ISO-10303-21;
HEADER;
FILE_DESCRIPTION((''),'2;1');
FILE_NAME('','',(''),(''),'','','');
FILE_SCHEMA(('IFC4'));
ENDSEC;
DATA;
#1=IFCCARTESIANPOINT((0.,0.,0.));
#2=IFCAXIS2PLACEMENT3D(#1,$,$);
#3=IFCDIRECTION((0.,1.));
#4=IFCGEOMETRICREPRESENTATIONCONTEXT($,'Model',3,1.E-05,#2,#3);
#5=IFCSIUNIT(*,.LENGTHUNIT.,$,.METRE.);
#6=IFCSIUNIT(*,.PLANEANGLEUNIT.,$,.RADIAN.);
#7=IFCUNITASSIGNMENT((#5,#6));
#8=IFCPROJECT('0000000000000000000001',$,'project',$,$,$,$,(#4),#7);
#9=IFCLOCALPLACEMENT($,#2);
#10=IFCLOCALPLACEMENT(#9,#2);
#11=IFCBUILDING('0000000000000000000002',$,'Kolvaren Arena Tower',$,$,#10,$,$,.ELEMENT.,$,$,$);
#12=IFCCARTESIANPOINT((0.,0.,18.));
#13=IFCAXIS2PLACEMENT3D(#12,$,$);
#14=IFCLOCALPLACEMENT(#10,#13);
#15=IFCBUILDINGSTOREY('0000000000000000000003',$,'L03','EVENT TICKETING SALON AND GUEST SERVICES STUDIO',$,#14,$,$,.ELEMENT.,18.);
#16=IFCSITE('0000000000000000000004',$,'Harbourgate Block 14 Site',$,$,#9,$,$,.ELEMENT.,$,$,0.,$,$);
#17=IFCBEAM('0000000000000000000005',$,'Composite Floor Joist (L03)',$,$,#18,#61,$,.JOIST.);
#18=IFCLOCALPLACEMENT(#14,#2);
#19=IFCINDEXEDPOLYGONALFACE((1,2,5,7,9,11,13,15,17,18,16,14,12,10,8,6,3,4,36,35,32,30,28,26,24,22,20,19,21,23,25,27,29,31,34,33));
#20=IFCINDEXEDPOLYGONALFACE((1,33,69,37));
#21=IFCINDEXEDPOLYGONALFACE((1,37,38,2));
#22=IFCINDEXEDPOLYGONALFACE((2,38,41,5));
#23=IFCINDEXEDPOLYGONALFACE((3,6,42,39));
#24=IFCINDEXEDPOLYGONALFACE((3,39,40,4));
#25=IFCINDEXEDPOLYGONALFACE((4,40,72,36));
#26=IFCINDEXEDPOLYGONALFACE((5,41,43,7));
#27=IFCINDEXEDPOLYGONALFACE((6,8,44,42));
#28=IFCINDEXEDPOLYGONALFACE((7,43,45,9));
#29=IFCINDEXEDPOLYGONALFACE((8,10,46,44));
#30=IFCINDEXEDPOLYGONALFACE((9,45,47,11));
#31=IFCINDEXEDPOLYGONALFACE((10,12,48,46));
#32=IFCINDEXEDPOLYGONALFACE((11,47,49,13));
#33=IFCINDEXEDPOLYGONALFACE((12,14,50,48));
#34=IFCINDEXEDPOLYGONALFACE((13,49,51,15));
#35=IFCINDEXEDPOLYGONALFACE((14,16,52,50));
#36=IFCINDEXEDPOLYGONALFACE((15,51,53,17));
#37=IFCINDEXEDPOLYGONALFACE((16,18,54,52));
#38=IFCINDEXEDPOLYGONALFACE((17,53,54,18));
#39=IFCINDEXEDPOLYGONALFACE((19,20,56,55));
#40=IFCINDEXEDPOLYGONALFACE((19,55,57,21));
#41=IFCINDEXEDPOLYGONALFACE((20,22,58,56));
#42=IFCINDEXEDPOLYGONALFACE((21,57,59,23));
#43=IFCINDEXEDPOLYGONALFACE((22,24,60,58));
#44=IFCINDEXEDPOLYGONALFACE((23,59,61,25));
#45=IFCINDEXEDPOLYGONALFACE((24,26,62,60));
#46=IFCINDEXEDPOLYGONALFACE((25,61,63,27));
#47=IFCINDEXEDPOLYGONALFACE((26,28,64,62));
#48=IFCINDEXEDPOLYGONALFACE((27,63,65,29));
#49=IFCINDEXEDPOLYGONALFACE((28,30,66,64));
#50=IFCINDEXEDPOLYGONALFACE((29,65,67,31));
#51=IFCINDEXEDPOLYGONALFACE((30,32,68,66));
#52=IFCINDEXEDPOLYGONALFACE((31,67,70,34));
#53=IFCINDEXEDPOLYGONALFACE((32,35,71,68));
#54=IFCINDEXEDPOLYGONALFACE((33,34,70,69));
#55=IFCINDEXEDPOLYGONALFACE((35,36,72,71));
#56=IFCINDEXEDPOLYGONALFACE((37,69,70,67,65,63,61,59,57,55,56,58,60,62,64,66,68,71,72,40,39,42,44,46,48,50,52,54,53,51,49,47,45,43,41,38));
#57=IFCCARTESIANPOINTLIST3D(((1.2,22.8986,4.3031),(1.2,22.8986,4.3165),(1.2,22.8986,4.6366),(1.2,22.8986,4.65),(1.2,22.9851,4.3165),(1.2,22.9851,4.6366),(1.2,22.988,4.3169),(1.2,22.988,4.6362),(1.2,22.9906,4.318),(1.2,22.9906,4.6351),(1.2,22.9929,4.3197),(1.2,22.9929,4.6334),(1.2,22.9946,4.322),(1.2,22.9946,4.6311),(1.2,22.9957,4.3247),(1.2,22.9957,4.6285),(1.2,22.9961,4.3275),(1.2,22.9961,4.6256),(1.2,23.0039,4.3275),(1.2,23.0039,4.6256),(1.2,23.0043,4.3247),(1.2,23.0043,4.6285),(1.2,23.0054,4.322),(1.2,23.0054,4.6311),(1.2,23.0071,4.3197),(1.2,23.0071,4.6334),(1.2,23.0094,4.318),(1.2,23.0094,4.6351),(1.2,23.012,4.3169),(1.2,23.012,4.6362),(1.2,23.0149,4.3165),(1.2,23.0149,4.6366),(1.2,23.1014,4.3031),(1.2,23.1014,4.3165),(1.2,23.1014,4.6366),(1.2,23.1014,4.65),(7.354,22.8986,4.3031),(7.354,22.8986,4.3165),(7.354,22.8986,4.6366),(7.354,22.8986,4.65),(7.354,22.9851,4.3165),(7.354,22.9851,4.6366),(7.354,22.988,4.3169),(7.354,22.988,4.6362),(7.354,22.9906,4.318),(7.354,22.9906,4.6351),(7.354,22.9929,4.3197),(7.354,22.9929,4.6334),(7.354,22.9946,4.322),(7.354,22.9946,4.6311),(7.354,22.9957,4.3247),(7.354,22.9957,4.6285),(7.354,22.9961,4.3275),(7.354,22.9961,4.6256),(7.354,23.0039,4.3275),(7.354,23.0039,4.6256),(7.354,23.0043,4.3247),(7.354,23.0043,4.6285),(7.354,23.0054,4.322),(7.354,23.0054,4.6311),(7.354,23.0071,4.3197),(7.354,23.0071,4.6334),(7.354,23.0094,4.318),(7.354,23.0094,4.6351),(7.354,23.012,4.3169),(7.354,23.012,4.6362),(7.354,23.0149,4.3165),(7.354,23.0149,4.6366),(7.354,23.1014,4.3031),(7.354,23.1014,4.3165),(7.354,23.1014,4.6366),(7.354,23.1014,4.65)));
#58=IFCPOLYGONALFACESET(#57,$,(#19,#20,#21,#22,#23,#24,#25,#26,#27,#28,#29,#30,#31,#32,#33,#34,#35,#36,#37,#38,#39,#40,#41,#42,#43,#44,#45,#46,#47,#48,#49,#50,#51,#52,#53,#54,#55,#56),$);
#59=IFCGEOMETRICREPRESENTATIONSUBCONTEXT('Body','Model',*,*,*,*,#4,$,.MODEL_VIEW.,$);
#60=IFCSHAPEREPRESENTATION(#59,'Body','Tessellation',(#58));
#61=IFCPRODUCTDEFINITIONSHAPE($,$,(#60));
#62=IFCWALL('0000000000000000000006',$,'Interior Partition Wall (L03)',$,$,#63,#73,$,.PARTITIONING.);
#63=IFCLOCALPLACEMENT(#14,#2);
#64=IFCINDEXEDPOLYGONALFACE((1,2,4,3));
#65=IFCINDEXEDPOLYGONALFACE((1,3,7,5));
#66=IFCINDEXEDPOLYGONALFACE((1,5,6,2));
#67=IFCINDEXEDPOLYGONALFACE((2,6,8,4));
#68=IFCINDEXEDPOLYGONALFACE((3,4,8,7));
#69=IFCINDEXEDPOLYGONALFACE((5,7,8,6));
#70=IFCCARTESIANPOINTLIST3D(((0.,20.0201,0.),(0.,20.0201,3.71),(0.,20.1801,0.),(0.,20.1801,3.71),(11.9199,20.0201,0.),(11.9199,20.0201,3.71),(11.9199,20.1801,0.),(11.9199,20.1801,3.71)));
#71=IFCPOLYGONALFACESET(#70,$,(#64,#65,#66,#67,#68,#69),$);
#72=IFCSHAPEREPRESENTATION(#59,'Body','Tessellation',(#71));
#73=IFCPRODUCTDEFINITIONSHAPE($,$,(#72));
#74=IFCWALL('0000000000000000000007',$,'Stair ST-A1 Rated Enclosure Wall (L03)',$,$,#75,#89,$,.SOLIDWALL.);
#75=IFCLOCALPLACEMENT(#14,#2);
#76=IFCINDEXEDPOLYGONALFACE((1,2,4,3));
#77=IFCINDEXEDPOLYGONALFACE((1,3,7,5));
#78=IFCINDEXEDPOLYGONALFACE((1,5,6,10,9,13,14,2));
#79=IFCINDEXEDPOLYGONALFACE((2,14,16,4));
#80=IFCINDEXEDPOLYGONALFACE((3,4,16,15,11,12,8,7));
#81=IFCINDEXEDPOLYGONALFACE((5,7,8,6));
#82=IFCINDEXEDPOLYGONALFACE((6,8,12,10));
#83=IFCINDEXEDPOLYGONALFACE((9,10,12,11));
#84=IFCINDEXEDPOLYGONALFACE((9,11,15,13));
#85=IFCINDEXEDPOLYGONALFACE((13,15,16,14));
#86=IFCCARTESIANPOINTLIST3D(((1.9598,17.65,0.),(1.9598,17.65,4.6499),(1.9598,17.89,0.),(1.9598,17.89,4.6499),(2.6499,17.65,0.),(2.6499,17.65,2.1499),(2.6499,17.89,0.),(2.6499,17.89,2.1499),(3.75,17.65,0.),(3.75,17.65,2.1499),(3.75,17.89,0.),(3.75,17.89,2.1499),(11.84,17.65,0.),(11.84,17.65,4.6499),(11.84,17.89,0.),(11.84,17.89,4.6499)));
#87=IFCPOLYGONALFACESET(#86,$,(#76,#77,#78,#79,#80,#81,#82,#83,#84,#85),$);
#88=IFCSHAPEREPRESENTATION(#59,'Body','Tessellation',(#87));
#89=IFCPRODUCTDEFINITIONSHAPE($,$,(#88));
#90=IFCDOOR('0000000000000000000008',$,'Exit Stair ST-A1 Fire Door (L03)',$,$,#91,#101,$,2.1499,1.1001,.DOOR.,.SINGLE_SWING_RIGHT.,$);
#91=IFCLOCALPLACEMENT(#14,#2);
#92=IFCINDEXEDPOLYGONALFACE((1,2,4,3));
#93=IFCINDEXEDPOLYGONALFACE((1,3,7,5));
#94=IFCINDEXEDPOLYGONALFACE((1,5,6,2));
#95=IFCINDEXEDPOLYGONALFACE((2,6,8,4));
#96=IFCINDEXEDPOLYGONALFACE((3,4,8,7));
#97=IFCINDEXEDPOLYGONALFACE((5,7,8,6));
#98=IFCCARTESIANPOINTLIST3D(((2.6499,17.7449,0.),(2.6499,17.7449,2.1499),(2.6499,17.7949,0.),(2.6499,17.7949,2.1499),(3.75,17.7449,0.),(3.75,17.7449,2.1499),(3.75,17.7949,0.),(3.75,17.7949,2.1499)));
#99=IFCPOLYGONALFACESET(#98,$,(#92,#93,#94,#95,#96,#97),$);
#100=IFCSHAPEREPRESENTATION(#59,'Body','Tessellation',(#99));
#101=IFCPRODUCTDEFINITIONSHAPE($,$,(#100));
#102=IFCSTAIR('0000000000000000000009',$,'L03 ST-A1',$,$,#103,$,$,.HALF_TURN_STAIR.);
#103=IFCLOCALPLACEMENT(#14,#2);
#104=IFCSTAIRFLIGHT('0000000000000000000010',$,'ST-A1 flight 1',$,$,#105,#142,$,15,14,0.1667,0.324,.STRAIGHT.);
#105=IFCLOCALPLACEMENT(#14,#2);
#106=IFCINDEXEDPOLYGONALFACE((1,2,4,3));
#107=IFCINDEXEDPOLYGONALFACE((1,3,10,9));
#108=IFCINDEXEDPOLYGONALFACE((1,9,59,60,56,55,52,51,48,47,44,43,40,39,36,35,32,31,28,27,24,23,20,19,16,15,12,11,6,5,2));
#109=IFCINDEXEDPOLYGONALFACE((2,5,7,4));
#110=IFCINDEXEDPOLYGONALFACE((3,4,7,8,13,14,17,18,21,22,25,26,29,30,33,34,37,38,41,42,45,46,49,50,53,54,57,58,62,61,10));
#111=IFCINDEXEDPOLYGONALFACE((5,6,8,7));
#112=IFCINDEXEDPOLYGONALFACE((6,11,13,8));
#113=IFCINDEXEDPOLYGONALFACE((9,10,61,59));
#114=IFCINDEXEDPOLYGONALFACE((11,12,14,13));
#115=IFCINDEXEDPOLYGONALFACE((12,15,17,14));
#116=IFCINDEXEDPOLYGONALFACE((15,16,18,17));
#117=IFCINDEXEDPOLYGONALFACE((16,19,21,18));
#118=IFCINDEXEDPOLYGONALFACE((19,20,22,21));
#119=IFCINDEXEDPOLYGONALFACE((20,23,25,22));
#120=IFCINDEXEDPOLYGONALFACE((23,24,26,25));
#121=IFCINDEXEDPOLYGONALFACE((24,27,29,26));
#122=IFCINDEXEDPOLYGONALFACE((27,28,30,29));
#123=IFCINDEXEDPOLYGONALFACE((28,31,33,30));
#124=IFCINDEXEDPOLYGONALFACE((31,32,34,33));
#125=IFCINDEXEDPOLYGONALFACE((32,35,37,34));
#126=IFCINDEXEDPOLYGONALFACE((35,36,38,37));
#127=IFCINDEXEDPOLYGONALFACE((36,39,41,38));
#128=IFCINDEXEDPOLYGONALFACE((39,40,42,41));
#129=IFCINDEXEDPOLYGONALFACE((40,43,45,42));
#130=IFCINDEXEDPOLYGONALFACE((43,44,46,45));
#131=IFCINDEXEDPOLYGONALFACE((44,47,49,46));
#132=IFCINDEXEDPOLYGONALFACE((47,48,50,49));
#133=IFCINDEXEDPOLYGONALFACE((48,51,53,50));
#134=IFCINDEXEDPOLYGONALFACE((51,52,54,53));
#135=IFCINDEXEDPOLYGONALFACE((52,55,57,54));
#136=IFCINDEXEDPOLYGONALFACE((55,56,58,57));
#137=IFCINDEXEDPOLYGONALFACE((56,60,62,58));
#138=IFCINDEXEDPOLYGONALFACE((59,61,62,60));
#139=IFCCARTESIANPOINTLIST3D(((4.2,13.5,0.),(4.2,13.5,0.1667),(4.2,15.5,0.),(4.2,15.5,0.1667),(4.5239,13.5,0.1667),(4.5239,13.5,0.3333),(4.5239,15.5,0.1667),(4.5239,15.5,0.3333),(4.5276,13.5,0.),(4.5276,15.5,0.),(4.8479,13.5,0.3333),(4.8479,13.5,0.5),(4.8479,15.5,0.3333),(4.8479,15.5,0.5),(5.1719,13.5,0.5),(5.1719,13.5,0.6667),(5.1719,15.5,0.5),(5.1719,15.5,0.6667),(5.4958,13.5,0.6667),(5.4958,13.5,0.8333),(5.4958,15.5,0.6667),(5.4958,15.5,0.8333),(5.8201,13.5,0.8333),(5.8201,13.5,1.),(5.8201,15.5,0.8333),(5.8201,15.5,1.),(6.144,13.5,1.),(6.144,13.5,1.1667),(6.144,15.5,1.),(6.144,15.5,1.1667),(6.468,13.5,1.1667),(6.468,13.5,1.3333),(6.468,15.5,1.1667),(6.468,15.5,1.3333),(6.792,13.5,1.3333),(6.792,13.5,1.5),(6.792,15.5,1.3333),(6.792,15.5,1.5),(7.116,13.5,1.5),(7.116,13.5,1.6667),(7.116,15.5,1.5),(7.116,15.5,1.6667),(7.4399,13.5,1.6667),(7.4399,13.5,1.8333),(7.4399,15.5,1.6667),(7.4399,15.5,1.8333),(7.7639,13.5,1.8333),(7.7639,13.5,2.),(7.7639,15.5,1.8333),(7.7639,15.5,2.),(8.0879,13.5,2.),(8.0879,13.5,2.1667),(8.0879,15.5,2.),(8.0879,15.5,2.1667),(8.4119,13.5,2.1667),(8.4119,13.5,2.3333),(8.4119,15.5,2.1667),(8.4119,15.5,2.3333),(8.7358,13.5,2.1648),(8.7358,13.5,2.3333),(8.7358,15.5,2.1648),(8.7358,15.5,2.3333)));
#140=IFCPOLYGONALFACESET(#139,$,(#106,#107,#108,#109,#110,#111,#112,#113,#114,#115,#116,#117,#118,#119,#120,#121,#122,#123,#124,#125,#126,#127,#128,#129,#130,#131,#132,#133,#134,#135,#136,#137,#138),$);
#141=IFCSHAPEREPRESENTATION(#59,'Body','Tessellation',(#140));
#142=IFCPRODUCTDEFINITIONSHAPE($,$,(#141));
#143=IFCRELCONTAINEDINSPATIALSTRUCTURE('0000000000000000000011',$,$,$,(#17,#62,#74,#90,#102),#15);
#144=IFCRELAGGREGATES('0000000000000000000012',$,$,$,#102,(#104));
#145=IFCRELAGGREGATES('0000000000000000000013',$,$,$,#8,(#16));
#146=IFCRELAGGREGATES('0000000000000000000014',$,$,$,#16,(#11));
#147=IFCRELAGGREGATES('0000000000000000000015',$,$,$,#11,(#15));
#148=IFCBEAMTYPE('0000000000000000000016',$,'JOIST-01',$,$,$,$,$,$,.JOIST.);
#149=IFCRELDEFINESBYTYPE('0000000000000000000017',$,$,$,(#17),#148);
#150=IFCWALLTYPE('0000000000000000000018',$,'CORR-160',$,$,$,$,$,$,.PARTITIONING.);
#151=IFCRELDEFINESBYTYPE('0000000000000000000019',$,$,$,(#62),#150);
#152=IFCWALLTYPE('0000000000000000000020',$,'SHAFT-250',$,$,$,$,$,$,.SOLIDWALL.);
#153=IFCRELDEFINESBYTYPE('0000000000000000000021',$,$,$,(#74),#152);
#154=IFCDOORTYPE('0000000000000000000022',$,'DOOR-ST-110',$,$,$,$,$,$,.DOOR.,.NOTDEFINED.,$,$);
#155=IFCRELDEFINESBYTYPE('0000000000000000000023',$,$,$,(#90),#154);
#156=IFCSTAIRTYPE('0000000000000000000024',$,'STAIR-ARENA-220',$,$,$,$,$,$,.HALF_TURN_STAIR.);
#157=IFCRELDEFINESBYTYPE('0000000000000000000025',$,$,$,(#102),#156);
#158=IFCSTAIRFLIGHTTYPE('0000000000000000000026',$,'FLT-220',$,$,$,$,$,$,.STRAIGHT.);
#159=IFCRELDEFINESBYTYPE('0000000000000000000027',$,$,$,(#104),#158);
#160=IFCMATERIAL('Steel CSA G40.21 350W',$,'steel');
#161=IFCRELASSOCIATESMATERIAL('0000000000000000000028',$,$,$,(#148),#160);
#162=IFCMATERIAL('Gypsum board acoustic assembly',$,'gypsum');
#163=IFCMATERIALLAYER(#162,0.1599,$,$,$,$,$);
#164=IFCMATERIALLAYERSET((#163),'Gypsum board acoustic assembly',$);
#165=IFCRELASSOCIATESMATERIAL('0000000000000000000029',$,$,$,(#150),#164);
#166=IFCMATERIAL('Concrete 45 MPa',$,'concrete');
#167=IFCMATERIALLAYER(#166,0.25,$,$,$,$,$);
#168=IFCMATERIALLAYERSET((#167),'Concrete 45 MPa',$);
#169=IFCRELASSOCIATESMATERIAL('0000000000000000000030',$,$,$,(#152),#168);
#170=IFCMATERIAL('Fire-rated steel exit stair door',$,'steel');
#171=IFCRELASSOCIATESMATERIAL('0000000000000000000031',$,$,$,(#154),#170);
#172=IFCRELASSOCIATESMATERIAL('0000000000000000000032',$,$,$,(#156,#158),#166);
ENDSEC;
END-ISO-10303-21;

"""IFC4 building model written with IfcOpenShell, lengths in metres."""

from ifc_helpers import new_model, si_unit, direction, frame, frame_2d, origin, origin_2d, place, context, subcontext, project, spatial, polyline, rectangle, i_section, outline, extrude, material, layer, layer_set, material_profile, profile_set, type_object, element, fill, aggregate, save


model = new_model("IFC4")

# Units and contexts
model_context = context("Model", 3, precision=1e-05, world=origin(), true_north=direction((0.0, 1.0)))
body_context = subcontext(model_context, "Body", "Model", "MODEL_VIEW")
ifc_project = project(units=[si_unit("LENGTHUNIT", "METRE"), si_unit("PLANEANGLEUNIT", "RADIAN")], contexts=[model_context])

# Site, building, storey
site_placement = place(None, origin())
site = spatial("IfcSite", under=ifc_project, at=site_placement, Name="Harbourgate Block 14 Site", CompositionType="ELEMENT", RefElevation=0.0)
building_placement = place(site_placement, origin())
building = spatial("IfcBuilding", under=site, at=building_placement, Name="Kolvaren Arena Tower", CompositionType="ELEMENT")
storey_placement = place(building_placement, frame((0.0, 0.0, 18.0)))
storey = spatial("IfcBuildingStorey", under=building, at=storey_placement, Name="L03", Description="EVENT TICKETING SALON AND GUEST SERVICES STUDIO", CompositionType="ELEMENT", Elevation=18.0)

# Beam
ifc_material_1 = material(Name="Steel CSA G40.21 350W", Category="steel")
ifc_material_profile_1 = material_profile(ifc_material_1, i_section(OverallWidth=0.2029, OverallDepth=0.3469, WebThickness=0.0078, FlangeThickness=0.0134, FilletRadius=0.011, at=origin_2d()), Name="W360x64")
ifc_profile_set_1 = profile_set([ifc_material_profile_1], Name="Steel CSA G40.21 350W")
beam_type_1 = type_object("IfcBeamType", Name="JOIST-01", PredefinedType="JOIST", material=ifc_profile_set_1)
beam_1_placement = place(storey_placement, frame((1.2, 23.0, 4.4766), z_axis=(1.0, 0.0, 0.0), x_axis=(0.0, 1.0, 0.0)))
element("IfcBeam", 1, at=beam_1_placement, inside=storey, type_object=beam_type_1, Name="Composite Floor Joist (L03)", PredefinedType="JOIST", context=body_context, shape_type="SweptSolid", body=[
    extrude(i_section(OverallWidth=0.2029, OverallDepth=0.3469, WebThickness=0.0078, FlangeThickness=0.0134, FilletRadius=0.011, at=origin_2d()), origin(), (0.0, 0.0, 1.0), 6.1541),
])

# Shared definitions
ifc_material_2 = material(Name="Gypsum board acoustic assembly", Category="gypsum")
ifc_layer_1 = layer(ifc_material_2, 0.1599)
ifc_layer_set_1 = layer_set([ifc_layer_1], Name="Gypsum board acoustic assembly")
wall_type_1 = type_object("IfcWallType", Name="CORR-160", PredefinedType="PARTITIONING", material=ifc_layer_set_1)

# Wall
wall_1_placement = place(storey_placement, frame((0.0, 20.1001, 0.0), z_axis=(0.0, 0.0, 1.0), x_axis=(1.0, 0.0, 0.0)))
element("IfcWall", 2, at=wall_1_placement, inside=storey, type_object=wall_type_1, Name="Interior Partition Wall (L03)", PredefinedType="PARTITIONING", context=body_context, shape_type="SweptSolid", body=[
    extrude(rectangle(XDim=11.9199, YDim=0.1599, at=frame_2d((5.96, 0.0))), origin(), (0.0, 0.0, 1.0), 3.71),
])

# Wall, opening, door
ifc_material_3 = material(Name="Concrete 45 MPa", Category="concrete")
ifc_layer_2 = layer(ifc_material_3, 0.25)
ifc_layer_set_2 = layer_set([ifc_layer_2], Name="Concrete 45 MPa")
wall_type_2 = type_object("IfcWallType", Name="SHAFT-250", PredefinedType="SOLIDWALL", material=ifc_layer_set_2)
wall_2_placement = place(storey_placement, frame((1.96, 17.77, 0.0), z_axis=(0.0, 0.0, 1.0), x_axis=(1.0, 0.0, 0.0)))
wall_2 = element("IfcWall", 3, at=wall_2_placement, inside=storey, type_object=wall_type_2, Name="Stair ST-A1 Rated Enclosure Wall (L03)", PredefinedType="SOLIDWALL", context=body_context, shape_type="SweptSolid", body=[
    extrude(rectangle(XDim=9.8801, YDim=0.24, at=frame_2d((4.9399, 0.0))), origin(), (0.0, 0.0, 1.0), 4.6499),
])
opening_1_placement = place(wall_2_placement, frame((0.6899, 0.0, 0.0)))
opening_1 = element("IfcOpeningElement", 4, at=opening_1_placement, cuts=wall_2, PredefinedType="OPENING", context=body_context, shape_type="SweptSolid", body=[
    extrude(rectangle(XDim=1.1001, YDim=2.1499, at=frame_2d((0.55, 1.075))), frame((0.0, 0.1299, 0.0), z_axis=(0.0, -1.0, 0.0), x_axis=(1.0, 0.0, 0.0)), (0.0, 0.0, 1.0), 0.26),
])
ifc_material_4 = material(Name="Fire-rated steel exit stair door", Category="steel")
door_type_1 = type_object("IfcDoorType", Name="DOOR-ST-110", OperationType="NOTDEFINED", PredefinedType="DOOR", material=ifc_material_4)
door_1_placement = place(opening_1_placement, origin())
door_1 = element("IfcDoor", 5, at=door_1_placement, inside=storey, type_object=door_type_1, Name="Exit Stair ST-A1 Fire Door (L03)", OperationType="SINGLE_SWING_RIGHT", OverallHeight=2.1499, OverallWidth=1.1001, PredefinedType="DOOR", context=body_context, shape_type="SweptSolid", body=[
    extrude(rectangle(XDim=1.1001, YDim=2.1499, at=frame_2d((0.55, 1.075))), frame((0.0, 0.0249, 0.0), z_axis=(0.0, -1.0, 0.0), x_axis=(1.0, 0.0, 0.0)), (0.0, 0.0, 1.0), 0.05),
])
fill(opening_1, door_1)

# Stair, stair flight
stair_type = type_object("IfcStairType", Name="STAIR-ARENA-220", PredefinedType="HALF_TURN_STAIR", material=ifc_material_3)
stair_placement = place(storey_placement, origin())
stair = element("IfcStair", 6, at=stair_placement, inside=storey, type_object=stair_type, Name="L03 ST-A1", PredefinedType="HALF_TURN_STAIR")
stair_flight_type = type_object("IfcStairFlightType", Name="FLT-220", PredefinedType="STRAIGHT", material=ifc_material_3)
stair_flight_1_placement = place(storey_placement, frame((4.2, 14.5, 0.0), z_axis=(0.0, 0.0, 1.0), x_axis=(1.0, 0.0, 0.0)))
stair_flight_1 = element("IfcStairFlight", 7, at=stair_flight_1_placement, type_object=stair_flight_type, Name="ST-A1 flight 1", NumberOfRisers=15, NumberOfTreads=14, PredefinedType="STRAIGHT", RiserHeight=0.1667, TreadLength=0.324, context=body_context, shape_type="SweptSolid", body=[
    extrude(outline(polyline([(0.0, 0.0), (0.0, 0.1667), (0.324, 0.1667), (0.324, 0.3333), (0.6479, 0.3333), (0.6479, 0.5), (0.9719, 0.5), (0.9719, 0.6667), (1.2959, 0.6667), (1.2959, 0.8333), (1.6201, 0.8333), (1.6201, 1.0), (1.9441, 1.0), (1.9441, 1.1667), (2.2681, 1.1667), (2.2681, 1.3333), (2.592, 1.3333), (2.592, 1.5), (2.916, 1.5), (2.916, 1.6667), (3.24, 1.6667), (3.24, 1.8333), (3.564, 1.8333), (3.564, 2.0), (3.8879, 2.0), (3.8879, 2.1667), (4.2119, 2.1667), (4.2119, 2.3333), (4.5359, 2.3333), (4.5359, 2.5), (4.5359, 2.1648), (0.3276, 0.0), (0.0, 0.0)])), frame((0.0, 1.0, 0.0), z_axis=(0.0, -1.0, 0.0), x_axis=(1.0, 0.0, 0.0)), (0.0, 0.0, 1.0), 2.0),
])
aggregate(stair, [stair_flight_1])

save(model, "model.ifc")
